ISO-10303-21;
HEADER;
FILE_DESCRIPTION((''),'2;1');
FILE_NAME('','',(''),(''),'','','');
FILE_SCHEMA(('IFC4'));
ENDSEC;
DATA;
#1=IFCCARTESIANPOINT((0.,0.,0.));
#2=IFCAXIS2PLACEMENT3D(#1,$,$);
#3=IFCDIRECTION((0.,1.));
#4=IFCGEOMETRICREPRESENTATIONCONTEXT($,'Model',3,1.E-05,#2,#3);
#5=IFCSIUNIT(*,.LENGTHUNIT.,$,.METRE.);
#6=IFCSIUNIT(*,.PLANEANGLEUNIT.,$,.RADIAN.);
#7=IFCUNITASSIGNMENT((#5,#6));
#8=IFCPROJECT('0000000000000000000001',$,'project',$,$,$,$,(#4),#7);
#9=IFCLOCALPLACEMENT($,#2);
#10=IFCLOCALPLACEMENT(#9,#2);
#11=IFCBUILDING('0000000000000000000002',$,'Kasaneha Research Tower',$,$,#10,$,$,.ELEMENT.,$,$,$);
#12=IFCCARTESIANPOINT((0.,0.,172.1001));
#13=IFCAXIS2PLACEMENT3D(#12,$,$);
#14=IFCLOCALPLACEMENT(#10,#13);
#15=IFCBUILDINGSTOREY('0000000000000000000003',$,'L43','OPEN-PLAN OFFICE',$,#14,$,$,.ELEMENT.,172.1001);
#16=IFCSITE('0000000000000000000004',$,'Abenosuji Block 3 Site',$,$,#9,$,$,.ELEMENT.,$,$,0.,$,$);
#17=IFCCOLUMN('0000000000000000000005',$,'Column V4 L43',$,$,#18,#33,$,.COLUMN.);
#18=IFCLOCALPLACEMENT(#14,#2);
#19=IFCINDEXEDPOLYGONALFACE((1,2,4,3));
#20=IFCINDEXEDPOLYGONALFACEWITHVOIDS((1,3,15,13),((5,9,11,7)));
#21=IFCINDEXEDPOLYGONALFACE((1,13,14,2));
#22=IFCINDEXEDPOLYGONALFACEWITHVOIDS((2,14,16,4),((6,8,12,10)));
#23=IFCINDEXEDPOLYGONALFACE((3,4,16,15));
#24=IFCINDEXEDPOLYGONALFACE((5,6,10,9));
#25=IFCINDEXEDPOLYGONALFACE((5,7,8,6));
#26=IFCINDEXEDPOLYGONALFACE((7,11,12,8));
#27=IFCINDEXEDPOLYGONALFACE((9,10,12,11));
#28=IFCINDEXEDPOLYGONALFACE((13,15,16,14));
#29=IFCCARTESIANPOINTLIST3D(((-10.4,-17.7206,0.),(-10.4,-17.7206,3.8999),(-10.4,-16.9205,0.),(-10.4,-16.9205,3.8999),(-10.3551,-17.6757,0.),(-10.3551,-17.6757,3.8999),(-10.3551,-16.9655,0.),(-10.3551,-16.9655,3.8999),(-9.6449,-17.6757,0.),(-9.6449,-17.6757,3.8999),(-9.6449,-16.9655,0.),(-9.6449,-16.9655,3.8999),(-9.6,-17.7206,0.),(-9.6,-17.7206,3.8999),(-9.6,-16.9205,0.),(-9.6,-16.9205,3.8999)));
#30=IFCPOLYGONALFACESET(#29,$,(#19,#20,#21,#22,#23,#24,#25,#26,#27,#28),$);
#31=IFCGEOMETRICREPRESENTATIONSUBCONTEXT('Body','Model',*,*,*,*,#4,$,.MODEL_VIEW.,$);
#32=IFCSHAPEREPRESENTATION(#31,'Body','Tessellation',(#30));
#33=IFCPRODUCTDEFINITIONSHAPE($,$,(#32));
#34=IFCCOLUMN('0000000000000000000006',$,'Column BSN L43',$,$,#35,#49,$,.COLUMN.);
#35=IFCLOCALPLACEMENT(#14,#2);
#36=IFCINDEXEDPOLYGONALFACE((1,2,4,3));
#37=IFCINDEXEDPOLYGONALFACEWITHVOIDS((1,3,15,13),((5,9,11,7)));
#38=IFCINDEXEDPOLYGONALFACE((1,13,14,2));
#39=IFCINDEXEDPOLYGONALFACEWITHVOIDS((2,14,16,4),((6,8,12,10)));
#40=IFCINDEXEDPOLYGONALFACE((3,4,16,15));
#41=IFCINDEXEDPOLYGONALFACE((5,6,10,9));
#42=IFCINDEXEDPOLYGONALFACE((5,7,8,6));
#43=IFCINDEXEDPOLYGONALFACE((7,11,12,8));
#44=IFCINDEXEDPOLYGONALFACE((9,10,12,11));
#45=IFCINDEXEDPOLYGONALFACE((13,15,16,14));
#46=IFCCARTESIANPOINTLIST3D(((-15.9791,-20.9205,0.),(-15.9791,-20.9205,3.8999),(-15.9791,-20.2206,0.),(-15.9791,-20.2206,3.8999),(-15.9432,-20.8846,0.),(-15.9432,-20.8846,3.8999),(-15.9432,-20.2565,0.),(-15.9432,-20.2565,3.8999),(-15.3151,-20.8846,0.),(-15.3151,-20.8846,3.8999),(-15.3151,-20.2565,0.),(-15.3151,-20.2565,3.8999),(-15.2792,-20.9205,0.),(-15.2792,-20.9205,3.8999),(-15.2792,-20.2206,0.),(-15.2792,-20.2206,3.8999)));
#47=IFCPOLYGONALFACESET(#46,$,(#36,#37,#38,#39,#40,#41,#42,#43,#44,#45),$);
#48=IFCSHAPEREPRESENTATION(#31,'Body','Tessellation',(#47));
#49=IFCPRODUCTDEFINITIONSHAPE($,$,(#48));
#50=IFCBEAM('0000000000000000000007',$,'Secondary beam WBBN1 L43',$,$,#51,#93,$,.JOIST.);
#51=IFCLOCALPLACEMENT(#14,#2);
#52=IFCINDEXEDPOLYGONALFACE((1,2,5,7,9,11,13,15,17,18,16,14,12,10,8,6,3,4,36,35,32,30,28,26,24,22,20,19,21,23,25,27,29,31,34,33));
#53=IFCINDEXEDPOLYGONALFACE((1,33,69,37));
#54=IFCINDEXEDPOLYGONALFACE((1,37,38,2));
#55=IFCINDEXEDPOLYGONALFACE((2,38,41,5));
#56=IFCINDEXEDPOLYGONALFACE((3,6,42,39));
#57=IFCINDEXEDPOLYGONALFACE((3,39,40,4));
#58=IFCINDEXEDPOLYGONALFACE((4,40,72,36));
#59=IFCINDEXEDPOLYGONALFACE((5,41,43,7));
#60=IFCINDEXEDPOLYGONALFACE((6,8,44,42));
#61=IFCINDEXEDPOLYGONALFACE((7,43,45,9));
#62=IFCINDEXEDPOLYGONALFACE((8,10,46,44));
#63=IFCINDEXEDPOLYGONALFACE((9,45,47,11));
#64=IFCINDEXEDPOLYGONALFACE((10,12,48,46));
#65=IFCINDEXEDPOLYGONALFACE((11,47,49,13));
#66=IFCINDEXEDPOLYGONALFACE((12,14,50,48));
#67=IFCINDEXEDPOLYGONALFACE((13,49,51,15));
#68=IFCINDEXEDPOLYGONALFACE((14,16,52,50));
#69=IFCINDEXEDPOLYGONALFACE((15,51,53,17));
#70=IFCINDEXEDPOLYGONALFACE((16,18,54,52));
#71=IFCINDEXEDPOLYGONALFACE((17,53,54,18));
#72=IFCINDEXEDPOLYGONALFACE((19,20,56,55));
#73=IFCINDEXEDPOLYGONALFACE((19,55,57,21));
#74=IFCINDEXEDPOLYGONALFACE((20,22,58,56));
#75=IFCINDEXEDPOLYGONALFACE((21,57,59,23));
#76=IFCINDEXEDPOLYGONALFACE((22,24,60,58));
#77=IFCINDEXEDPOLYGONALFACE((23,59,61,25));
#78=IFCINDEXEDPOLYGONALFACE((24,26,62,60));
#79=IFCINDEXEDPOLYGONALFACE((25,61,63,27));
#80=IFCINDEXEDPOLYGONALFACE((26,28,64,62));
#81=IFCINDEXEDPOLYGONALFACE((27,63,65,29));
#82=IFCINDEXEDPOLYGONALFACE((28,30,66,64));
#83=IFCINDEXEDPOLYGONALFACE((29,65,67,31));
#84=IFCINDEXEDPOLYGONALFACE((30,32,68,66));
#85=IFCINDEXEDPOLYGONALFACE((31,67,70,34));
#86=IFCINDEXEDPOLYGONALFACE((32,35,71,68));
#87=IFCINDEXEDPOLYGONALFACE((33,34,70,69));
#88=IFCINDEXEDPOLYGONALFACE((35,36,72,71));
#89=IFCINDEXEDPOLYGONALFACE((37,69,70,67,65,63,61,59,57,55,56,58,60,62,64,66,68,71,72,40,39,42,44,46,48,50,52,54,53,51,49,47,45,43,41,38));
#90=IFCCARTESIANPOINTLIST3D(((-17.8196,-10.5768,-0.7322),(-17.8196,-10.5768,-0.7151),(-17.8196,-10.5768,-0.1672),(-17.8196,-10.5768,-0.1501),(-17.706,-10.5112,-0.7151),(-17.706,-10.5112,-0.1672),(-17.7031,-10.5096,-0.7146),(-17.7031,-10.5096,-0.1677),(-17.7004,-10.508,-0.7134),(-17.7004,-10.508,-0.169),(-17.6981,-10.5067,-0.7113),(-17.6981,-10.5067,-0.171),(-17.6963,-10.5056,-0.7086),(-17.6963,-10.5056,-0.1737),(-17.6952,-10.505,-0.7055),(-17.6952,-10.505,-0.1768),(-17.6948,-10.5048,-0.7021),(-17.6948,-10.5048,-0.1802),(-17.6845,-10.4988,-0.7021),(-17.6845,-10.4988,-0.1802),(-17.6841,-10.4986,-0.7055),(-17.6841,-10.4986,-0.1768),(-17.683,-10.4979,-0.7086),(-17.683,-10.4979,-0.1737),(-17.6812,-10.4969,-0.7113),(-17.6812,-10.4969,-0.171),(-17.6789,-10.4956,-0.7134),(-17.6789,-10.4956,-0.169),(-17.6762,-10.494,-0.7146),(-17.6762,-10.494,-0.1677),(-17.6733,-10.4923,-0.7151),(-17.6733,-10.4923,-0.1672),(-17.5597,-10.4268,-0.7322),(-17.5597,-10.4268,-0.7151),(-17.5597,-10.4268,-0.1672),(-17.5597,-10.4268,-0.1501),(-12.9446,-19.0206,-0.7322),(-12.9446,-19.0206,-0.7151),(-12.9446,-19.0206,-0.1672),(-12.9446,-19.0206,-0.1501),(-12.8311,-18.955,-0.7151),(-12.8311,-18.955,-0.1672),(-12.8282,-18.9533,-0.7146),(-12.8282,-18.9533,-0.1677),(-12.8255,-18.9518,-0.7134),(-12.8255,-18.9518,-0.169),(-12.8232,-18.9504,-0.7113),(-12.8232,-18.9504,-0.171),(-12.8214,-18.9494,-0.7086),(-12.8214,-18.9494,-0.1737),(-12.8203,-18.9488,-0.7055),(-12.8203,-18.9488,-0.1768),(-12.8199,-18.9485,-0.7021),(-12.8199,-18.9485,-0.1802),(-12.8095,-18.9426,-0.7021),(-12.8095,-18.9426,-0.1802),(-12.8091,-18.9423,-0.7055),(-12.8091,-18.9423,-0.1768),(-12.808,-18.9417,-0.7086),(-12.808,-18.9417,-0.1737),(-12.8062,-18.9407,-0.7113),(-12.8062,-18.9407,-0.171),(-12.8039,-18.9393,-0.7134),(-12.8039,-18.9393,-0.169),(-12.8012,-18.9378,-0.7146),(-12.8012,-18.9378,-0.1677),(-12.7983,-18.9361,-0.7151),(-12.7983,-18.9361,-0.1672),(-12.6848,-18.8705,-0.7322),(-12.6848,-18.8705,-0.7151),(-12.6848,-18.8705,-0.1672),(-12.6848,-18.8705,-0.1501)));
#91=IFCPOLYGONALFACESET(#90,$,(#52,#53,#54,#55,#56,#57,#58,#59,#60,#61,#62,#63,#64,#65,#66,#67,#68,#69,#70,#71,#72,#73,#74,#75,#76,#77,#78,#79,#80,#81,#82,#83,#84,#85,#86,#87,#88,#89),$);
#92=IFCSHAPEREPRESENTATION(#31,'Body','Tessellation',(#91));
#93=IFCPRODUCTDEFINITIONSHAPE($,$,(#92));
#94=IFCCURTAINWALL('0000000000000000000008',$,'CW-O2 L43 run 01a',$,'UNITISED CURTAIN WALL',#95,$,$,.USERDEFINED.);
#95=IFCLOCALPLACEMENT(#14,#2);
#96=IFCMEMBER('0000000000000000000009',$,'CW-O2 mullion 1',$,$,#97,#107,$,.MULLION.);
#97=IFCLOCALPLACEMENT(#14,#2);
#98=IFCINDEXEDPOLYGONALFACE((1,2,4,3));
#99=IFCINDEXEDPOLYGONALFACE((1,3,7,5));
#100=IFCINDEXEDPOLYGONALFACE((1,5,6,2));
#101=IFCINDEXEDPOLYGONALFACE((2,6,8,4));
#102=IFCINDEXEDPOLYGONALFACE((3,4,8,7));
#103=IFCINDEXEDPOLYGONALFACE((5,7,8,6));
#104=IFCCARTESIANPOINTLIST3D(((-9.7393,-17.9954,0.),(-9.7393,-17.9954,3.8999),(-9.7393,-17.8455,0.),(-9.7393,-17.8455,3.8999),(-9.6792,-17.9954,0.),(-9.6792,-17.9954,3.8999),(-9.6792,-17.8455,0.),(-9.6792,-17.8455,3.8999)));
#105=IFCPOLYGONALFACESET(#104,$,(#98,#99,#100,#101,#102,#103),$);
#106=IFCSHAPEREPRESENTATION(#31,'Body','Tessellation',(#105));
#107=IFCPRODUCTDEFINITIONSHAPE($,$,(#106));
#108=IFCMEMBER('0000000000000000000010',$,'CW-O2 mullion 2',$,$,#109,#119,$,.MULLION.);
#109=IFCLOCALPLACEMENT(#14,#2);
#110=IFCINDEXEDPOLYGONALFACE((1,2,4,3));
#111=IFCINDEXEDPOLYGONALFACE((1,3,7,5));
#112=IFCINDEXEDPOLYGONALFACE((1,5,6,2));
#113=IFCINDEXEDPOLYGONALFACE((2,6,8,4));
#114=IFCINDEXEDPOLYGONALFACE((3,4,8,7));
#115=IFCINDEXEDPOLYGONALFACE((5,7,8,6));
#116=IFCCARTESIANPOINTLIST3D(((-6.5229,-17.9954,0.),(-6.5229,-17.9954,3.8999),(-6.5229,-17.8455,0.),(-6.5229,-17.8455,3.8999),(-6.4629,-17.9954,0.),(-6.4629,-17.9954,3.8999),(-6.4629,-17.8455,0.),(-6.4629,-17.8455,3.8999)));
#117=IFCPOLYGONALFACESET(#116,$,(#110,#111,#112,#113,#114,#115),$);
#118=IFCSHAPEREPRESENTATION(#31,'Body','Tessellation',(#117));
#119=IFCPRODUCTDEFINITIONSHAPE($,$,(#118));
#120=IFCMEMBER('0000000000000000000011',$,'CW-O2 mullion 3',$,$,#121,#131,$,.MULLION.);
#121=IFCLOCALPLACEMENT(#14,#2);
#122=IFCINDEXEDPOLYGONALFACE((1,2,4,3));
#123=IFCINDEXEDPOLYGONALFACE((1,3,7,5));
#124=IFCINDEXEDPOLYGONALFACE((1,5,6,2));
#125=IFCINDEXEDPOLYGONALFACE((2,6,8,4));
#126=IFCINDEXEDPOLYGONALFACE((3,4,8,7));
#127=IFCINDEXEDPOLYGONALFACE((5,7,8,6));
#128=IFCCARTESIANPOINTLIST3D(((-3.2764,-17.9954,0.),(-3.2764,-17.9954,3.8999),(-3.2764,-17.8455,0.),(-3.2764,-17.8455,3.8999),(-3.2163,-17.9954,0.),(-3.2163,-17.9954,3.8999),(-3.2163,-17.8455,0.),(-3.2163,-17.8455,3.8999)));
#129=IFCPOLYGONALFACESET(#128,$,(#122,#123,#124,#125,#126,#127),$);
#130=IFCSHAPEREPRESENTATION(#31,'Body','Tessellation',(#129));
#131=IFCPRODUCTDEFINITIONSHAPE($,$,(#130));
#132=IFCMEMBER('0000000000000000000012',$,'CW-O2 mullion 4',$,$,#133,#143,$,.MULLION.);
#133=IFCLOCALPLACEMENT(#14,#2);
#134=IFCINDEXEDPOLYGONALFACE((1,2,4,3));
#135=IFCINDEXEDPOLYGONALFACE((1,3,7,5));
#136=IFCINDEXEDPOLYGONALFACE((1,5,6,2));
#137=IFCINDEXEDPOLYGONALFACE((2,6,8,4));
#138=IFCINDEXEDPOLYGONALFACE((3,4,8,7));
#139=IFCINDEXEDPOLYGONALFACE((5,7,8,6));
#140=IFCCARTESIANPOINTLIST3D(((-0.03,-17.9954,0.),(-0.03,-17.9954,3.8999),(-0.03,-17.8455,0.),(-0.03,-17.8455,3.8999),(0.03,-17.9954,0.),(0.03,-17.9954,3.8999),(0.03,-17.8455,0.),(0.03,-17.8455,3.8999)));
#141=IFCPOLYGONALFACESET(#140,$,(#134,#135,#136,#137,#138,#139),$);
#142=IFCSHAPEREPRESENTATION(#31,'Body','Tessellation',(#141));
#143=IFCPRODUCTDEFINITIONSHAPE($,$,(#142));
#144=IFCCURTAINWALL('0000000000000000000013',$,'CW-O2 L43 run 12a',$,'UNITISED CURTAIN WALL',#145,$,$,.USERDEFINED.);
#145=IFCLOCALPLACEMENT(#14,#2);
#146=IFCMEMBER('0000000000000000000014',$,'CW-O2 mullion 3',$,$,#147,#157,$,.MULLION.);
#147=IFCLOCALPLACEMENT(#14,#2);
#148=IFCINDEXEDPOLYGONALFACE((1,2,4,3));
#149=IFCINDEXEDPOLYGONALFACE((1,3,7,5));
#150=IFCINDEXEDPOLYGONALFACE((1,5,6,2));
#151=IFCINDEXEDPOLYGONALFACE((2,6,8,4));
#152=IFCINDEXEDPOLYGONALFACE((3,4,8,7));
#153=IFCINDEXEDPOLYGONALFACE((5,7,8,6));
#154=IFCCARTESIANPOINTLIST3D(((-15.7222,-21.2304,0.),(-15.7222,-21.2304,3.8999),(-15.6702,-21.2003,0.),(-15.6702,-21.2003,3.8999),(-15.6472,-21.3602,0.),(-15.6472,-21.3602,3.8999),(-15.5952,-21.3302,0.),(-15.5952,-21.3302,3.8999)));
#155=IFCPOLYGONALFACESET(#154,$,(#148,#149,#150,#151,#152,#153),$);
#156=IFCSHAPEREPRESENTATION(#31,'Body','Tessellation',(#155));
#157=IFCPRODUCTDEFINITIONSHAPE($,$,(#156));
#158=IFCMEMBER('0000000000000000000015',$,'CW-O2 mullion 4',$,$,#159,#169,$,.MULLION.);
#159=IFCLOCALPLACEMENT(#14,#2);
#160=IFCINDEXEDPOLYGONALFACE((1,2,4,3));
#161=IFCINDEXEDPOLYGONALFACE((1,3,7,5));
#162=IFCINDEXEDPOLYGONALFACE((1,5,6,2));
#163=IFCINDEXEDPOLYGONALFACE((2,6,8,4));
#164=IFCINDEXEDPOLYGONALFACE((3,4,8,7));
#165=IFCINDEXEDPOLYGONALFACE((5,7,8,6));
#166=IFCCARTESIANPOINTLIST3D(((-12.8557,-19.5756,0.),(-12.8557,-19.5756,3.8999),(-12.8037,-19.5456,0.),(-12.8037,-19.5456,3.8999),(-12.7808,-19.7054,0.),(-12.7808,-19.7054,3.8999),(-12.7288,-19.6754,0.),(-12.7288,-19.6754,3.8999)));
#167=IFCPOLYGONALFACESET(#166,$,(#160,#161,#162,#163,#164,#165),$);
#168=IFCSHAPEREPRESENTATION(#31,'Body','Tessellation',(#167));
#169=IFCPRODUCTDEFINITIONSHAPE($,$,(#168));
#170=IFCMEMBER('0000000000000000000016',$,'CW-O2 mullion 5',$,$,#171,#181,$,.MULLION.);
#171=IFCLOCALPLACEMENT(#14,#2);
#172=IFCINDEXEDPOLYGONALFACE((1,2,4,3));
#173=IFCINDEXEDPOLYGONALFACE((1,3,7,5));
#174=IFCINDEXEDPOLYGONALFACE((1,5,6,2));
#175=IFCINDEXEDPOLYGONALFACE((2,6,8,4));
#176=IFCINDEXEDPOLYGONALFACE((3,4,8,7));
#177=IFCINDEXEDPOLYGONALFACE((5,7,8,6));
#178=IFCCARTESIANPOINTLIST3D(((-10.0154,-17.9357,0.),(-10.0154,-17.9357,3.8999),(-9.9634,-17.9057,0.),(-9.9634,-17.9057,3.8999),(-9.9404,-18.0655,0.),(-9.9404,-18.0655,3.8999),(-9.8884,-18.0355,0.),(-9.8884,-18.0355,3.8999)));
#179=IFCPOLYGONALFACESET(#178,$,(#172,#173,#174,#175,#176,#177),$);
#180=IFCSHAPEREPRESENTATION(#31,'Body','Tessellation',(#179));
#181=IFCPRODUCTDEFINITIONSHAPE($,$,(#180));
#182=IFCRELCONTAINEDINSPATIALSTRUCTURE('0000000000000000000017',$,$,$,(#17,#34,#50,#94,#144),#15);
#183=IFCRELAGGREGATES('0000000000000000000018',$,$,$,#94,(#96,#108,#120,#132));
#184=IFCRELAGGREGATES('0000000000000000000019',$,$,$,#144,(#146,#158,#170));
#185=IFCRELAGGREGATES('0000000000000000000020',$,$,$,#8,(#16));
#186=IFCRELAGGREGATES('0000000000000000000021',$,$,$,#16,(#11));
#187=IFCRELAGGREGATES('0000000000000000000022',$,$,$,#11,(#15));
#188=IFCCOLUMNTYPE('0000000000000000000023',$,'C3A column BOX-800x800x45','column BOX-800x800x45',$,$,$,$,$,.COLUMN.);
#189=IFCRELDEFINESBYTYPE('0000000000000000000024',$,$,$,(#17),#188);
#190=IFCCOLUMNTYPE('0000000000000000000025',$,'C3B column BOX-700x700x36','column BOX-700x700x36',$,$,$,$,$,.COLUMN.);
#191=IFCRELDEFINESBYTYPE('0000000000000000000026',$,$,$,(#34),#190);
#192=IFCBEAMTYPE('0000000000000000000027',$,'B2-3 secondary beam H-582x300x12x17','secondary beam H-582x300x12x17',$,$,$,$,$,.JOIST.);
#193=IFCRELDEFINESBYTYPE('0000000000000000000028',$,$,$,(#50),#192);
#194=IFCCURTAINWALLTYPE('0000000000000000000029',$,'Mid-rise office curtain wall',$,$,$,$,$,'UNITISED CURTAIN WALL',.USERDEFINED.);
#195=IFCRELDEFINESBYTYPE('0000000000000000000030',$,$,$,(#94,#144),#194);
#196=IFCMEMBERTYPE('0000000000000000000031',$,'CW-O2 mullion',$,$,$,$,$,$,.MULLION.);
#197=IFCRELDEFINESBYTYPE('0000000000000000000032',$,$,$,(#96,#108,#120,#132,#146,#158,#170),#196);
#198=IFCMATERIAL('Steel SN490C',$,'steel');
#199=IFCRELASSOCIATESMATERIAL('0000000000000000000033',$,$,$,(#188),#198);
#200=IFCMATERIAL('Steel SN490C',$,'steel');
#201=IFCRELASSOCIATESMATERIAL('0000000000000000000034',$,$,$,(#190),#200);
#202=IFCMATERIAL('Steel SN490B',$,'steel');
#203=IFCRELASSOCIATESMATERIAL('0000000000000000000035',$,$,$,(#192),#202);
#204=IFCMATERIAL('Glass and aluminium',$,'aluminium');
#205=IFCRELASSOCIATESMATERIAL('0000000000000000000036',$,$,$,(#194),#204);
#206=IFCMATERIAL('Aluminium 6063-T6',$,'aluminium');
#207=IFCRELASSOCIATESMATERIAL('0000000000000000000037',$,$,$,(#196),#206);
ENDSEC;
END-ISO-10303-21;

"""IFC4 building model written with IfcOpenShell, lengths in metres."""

from ifc_helpers import new_model, si_unit, direction, frame, origin, origin_2d, place, context, subcontext, project, spatial, rectangle, hollow_rectangle, i_section, extrude, material, material_profile, profile_set, type_object, element, aggregate, save


model = new_model("IFC4")

# Units and contexts
model_context = context("Model", 3, precision=1e-05, world=origin(), true_north=direction((0.0, 1.0)))
body_context = subcontext(model_context, "Body", "Model", "MODEL_VIEW")
ifc_project = project(units=[si_unit("LENGTHUNIT", "METRE"), si_unit("PLANEANGLEUNIT", "RADIAN")], contexts=[model_context])

# Site, building, storey
site_placement = place(None, origin())
site = spatial("IfcSite", under=ifc_project, at=site_placement, Name="Abenosuji Block 3 Site", CompositionType="ELEMENT", RefElevation=0.0)
building_placement = place(site_placement, origin())
building = spatial("IfcBuilding", under=site, at=building_placement, Name="Kasaneha Research Tower", CompositionType="ELEMENT")
storey_placement = place(building_placement, frame((0.0, 0.0, 172.1001)))
storey = spatial("IfcBuildingStorey", under=building, at=storey_placement, Name="L43", Description="OPEN-PLAN OFFICE", CompositionType="ELEMENT", Elevation=172.1001)

# Columns
ifc_material_1 = material(Name="Steel SN490C", Category="steel")
ifc_material_profile_1 = material_profile(ifc_material_1, hollow_rectangle(XDim=0.8, YDim=0.8, WallThickness=0.0449, at=origin_2d()), Name="BOX-800x800x45")
ifc_profile_set_1 = profile_set([ifc_material_profile_1], Name="Steel SN490C")
column_type_1 = type_object("IfcColumnType", Name="C3A column BOX-800x800x45", Description="column BOX-800x800x45", PredefinedType="COLUMN", material=ifc_profile_set_1)
column_1_placement = place(storey_placement, frame((-10.0, -17.3206, 0.0), z_axis=(0.0, 0.0, 1.0), x_axis=(1.0, 0.0, 0.0)))
element("IfcColumn", 1, at=column_1_placement, inside=storey, type_object=column_type_1, Name="Column V4 L43", PredefinedType="COLUMN", context=body_context, shape_type="SweptSolid", body=[
    extrude(hollow_rectangle(XDim=0.8, YDim=0.8, WallThickness=0.0449, at=origin_2d()), origin(), (0.0, 0.0, 1.0), 3.8999),
])
ifc_material_2 = material(Name="Steel SN490C", Category="steel")
ifc_material_profile_2 = material_profile(ifc_material_2, hollow_rectangle(XDim=0.7, YDim=0.7, WallThickness=0.0359, at=origin_2d()), Name="BOX-700x700x36")
ifc_profile_set_2 = profile_set([ifc_material_profile_2], Name="Steel SN490C")
column_type_2 = type_object("IfcColumnType", Name="C3B column BOX-700x700x36", Description="column BOX-700x700x36", PredefinedType="COLUMN", material=ifc_profile_set_2)
column_2_placement = place(storey_placement, frame((-15.6292, -20.5706, 0.0), z_axis=(0.0, 0.0, 1.0), x_axis=(1.0, 0.0, 0.0)))
element("IfcColumn", 2, at=column_2_placement, inside=storey, type_object=column_type_2, Name="Column BSN L43", PredefinedType="COLUMN", context=body_context, shape_type="SweptSolid", body=[
    extrude(hollow_rectangle(XDim=0.7, YDim=0.7, WallThickness=0.0359, at=origin_2d()), origin(), (0.0, 0.0, 1.0), 3.8999),
])

# Beam
ifc_material_3 = material(Name="Steel SN490B", Category="steel")
ifc_material_profile_3 = material_profile(ifc_material_3, i_section(OverallWidth=0.3, OverallDepth=0.582, WebThickness=0.012, FlangeThickness=0.0171, FilletRadius=0.0129, at=origin_2d()), Name="H-582x300x12x17")
ifc_profile_set_3 = profile_set([ifc_material_profile_3], Name="Steel SN490B")
beam_type_1 = type_object("IfcBeamType", Name="B2-3 secondary beam H-582x300x12x17", Description="secondary beam H-582x300x12x17", PredefinedType="JOIST", material=ifc_profile_set_3)
beam_1_placement = place(storey_placement, frame((-12.8147, -18.9456, -0.4412), z_axis=(-0.499996, 0.866028, 0.0), x_axis=(-0.866028, -0.499996, 0.0)))
element("IfcBeam", 3, at=beam_1_placement, inside=storey, type_object=beam_type_1, Name="Secondary beam WBBN1 L43", PredefinedType="JOIST", context=body_context, shape_type="SweptSolid", body=[
    extrude(i_section(OverallWidth=0.3, OverallDepth=0.582, WebThickness=0.012, FlangeThickness=0.0171, FilletRadius=0.0129, at=origin_2d()), origin(), (0.0, 0.0, 1.0), 9.75),
])

# Curtain walls, members
ifc_material_4 = material(Name="Glass and aluminium", Category="aluminium")
curtain_wall_type = type_object("IfcCurtainWallType", Name="Mid-rise office curtain wall", ElementType="UNITISED CURTAIN WALL", PredefinedType="USERDEFINED", material=ifc_material_4)
curtain_wall_1_placement = place(storey_placement, origin())
curtain_wall_1 = element("IfcCurtainWall", 4, at=curtain_wall_1_placement, inside=storey, type_object=curtain_wall_type, Name="CW-O2 L43 run 01a", ObjectType="UNITISED CURTAIN WALL", PredefinedType="USERDEFINED")
ifc_material_5 = material(Name="Aluminium 6063-T6", Category="aluminium")
ifc_material_profile_4 = material_profile(ifc_material_5, rectangle(XDim=0.0601, YDim=0.1499, at=origin_2d()), Name="CW-O2 mullion 60x150")
ifc_profile_set_4 = profile_set([ifc_material_profile_4], Name="Aluminium 6063-T6")
member_type_1 = type_object("IfcMemberType", Name="CW-O2 mullion", PredefinedType="MULLION", material=ifc_profile_set_4)
member_1_placement = place(storey_placement, frame((-9.7092, -17.9204, 0.0), z_axis=(0.0, 0.0, 1.0), x_axis=(1.0, 0.0, 0.0)))
member_1 = element("IfcMember", 5, at=member_1_placement, type_object=member_type_1, Name="CW-O2 mullion 1", PredefinedType="MULLION", context=body_context, shape_type="SweptSolid", body=[
    extrude(rectangle(XDim=0.0601, YDim=0.1499, at=origin_2d()), origin(), (0.0, 0.0, 1.0), 3.8999),
])
member_2_placement = place(storey_placement, frame((-6.4929, -17.9204, 0.0), z_axis=(0.0, 0.0, 1.0), x_axis=(1.0, 0.0, 0.0)))
member_2 = element("IfcMember", 6, at=member_2_placement, type_object=member_type_1, Name="CW-O2 mullion 2", PredefinedType="MULLION", context=body_context, shape_type="SweptSolid", body=[
    extrude(rectangle(XDim=0.0601, YDim=0.1499, at=origin_2d()), origin(), (0.0, 0.0, 1.0), 3.8999),
])
member_3_placement = place(storey_placement, frame((-3.2463, -17.9204, 0.0), z_axis=(0.0, 0.0, 1.0), x_axis=(1.0, 0.0, 0.0)))
member_3 = element("IfcMember", 7, at=member_3_placement, type_object=member_type_1, Name="CW-O2 mullion 3", PredefinedType="MULLION", context=body_context, shape_type="SweptSolid", body=[
    extrude(rectangle(XDim=0.0601, YDim=0.1499, at=origin_2d()), origin(), (0.0, 0.0, 1.0), 3.8999),
])
member_4_placement = place(storey_placement, frame((0.0, -17.9204, 0.0), z_axis=(0.0, 0.0, 1.0), x_axis=(1.0, 0.0, 0.0)))
member_4 = element("IfcMember", 8, at=member_4_placement, type_object=member_type_1, Name="CW-O2 mullion 4", PredefinedType="MULLION", context=body_context, shape_type="SweptSolid", body=[
    extrude(rectangle(XDim=0.0601, YDim=0.1499, at=origin_2d()), origin(), (0.0, 0.0, 1.0), 3.8999),
])
curtain_wall_2_placement = place(storey_placement, origin())
curtain_wall_2 = element("IfcCurtainWall", 9, at=curtain_wall_2_placement, inside=storey, type_object=curtain_wall_type, Name="CW-O2 L43 run 12a", ObjectType="UNITISED CURTAIN WALL", PredefinedType="USERDEFINED")
member_5_placement = place(storey_placement, frame((-15.6587, -21.2803, 0.0), z_axis=(0.0, 0.0, 1.0), x_axis=(0.866025, 0.5, 0.0)))
member_5 = element("IfcMember", 10, at=member_5_placement, type_object=member_type_1, Name="CW-O2 mullion 3", PredefinedType="MULLION", context=body_context, shape_type="SweptSolid", body=[
    extrude(rectangle(XDim=0.0601, YDim=0.1499, at=origin_2d()), origin(), (0.0, 0.0, 1.0), 3.8999),
])
member_6_placement = place(storey_placement, frame((-12.7922, -19.6255, 0.0), z_axis=(0.0, 0.0, 1.0), x_axis=(0.866025, 0.5, 0.0)))
member_6 = element("IfcMember", 11, at=member_6_placement, type_object=member_type_1, Name="CW-O2 mullion 4", PredefinedType="MULLION", context=body_context, shape_type="SweptSolid", body=[
    extrude(rectangle(XDim=0.0601, YDim=0.1499, at=origin_2d()), origin(), (0.0, 0.0, 1.0), 3.8999),
])
member_7_placement = place(storey_placement, frame((-9.9519, -17.9856, 0.0), z_axis=(0.0, 0.0, 1.0), x_axis=(0.866025, 0.5, 0.0)))
member_7 = element("IfcMember", 12, at=member_7_placement, type_object=member_type_1, Name="CW-O2 mullion 5", PredefinedType="MULLION", context=body_context, shape_type="SweptSolid", body=[
    extrude(rectangle(XDim=0.0601, YDim=0.1499, at=origin_2d()), origin(), (0.0, 0.0, 1.0), 3.8999),
])

aggregate(curtain_wall_1, [member_1, member_2, member_3, member_4])
aggregate(curtain_wall_2, [member_5, member_6, member_7])

save(model, "model.ifc")
